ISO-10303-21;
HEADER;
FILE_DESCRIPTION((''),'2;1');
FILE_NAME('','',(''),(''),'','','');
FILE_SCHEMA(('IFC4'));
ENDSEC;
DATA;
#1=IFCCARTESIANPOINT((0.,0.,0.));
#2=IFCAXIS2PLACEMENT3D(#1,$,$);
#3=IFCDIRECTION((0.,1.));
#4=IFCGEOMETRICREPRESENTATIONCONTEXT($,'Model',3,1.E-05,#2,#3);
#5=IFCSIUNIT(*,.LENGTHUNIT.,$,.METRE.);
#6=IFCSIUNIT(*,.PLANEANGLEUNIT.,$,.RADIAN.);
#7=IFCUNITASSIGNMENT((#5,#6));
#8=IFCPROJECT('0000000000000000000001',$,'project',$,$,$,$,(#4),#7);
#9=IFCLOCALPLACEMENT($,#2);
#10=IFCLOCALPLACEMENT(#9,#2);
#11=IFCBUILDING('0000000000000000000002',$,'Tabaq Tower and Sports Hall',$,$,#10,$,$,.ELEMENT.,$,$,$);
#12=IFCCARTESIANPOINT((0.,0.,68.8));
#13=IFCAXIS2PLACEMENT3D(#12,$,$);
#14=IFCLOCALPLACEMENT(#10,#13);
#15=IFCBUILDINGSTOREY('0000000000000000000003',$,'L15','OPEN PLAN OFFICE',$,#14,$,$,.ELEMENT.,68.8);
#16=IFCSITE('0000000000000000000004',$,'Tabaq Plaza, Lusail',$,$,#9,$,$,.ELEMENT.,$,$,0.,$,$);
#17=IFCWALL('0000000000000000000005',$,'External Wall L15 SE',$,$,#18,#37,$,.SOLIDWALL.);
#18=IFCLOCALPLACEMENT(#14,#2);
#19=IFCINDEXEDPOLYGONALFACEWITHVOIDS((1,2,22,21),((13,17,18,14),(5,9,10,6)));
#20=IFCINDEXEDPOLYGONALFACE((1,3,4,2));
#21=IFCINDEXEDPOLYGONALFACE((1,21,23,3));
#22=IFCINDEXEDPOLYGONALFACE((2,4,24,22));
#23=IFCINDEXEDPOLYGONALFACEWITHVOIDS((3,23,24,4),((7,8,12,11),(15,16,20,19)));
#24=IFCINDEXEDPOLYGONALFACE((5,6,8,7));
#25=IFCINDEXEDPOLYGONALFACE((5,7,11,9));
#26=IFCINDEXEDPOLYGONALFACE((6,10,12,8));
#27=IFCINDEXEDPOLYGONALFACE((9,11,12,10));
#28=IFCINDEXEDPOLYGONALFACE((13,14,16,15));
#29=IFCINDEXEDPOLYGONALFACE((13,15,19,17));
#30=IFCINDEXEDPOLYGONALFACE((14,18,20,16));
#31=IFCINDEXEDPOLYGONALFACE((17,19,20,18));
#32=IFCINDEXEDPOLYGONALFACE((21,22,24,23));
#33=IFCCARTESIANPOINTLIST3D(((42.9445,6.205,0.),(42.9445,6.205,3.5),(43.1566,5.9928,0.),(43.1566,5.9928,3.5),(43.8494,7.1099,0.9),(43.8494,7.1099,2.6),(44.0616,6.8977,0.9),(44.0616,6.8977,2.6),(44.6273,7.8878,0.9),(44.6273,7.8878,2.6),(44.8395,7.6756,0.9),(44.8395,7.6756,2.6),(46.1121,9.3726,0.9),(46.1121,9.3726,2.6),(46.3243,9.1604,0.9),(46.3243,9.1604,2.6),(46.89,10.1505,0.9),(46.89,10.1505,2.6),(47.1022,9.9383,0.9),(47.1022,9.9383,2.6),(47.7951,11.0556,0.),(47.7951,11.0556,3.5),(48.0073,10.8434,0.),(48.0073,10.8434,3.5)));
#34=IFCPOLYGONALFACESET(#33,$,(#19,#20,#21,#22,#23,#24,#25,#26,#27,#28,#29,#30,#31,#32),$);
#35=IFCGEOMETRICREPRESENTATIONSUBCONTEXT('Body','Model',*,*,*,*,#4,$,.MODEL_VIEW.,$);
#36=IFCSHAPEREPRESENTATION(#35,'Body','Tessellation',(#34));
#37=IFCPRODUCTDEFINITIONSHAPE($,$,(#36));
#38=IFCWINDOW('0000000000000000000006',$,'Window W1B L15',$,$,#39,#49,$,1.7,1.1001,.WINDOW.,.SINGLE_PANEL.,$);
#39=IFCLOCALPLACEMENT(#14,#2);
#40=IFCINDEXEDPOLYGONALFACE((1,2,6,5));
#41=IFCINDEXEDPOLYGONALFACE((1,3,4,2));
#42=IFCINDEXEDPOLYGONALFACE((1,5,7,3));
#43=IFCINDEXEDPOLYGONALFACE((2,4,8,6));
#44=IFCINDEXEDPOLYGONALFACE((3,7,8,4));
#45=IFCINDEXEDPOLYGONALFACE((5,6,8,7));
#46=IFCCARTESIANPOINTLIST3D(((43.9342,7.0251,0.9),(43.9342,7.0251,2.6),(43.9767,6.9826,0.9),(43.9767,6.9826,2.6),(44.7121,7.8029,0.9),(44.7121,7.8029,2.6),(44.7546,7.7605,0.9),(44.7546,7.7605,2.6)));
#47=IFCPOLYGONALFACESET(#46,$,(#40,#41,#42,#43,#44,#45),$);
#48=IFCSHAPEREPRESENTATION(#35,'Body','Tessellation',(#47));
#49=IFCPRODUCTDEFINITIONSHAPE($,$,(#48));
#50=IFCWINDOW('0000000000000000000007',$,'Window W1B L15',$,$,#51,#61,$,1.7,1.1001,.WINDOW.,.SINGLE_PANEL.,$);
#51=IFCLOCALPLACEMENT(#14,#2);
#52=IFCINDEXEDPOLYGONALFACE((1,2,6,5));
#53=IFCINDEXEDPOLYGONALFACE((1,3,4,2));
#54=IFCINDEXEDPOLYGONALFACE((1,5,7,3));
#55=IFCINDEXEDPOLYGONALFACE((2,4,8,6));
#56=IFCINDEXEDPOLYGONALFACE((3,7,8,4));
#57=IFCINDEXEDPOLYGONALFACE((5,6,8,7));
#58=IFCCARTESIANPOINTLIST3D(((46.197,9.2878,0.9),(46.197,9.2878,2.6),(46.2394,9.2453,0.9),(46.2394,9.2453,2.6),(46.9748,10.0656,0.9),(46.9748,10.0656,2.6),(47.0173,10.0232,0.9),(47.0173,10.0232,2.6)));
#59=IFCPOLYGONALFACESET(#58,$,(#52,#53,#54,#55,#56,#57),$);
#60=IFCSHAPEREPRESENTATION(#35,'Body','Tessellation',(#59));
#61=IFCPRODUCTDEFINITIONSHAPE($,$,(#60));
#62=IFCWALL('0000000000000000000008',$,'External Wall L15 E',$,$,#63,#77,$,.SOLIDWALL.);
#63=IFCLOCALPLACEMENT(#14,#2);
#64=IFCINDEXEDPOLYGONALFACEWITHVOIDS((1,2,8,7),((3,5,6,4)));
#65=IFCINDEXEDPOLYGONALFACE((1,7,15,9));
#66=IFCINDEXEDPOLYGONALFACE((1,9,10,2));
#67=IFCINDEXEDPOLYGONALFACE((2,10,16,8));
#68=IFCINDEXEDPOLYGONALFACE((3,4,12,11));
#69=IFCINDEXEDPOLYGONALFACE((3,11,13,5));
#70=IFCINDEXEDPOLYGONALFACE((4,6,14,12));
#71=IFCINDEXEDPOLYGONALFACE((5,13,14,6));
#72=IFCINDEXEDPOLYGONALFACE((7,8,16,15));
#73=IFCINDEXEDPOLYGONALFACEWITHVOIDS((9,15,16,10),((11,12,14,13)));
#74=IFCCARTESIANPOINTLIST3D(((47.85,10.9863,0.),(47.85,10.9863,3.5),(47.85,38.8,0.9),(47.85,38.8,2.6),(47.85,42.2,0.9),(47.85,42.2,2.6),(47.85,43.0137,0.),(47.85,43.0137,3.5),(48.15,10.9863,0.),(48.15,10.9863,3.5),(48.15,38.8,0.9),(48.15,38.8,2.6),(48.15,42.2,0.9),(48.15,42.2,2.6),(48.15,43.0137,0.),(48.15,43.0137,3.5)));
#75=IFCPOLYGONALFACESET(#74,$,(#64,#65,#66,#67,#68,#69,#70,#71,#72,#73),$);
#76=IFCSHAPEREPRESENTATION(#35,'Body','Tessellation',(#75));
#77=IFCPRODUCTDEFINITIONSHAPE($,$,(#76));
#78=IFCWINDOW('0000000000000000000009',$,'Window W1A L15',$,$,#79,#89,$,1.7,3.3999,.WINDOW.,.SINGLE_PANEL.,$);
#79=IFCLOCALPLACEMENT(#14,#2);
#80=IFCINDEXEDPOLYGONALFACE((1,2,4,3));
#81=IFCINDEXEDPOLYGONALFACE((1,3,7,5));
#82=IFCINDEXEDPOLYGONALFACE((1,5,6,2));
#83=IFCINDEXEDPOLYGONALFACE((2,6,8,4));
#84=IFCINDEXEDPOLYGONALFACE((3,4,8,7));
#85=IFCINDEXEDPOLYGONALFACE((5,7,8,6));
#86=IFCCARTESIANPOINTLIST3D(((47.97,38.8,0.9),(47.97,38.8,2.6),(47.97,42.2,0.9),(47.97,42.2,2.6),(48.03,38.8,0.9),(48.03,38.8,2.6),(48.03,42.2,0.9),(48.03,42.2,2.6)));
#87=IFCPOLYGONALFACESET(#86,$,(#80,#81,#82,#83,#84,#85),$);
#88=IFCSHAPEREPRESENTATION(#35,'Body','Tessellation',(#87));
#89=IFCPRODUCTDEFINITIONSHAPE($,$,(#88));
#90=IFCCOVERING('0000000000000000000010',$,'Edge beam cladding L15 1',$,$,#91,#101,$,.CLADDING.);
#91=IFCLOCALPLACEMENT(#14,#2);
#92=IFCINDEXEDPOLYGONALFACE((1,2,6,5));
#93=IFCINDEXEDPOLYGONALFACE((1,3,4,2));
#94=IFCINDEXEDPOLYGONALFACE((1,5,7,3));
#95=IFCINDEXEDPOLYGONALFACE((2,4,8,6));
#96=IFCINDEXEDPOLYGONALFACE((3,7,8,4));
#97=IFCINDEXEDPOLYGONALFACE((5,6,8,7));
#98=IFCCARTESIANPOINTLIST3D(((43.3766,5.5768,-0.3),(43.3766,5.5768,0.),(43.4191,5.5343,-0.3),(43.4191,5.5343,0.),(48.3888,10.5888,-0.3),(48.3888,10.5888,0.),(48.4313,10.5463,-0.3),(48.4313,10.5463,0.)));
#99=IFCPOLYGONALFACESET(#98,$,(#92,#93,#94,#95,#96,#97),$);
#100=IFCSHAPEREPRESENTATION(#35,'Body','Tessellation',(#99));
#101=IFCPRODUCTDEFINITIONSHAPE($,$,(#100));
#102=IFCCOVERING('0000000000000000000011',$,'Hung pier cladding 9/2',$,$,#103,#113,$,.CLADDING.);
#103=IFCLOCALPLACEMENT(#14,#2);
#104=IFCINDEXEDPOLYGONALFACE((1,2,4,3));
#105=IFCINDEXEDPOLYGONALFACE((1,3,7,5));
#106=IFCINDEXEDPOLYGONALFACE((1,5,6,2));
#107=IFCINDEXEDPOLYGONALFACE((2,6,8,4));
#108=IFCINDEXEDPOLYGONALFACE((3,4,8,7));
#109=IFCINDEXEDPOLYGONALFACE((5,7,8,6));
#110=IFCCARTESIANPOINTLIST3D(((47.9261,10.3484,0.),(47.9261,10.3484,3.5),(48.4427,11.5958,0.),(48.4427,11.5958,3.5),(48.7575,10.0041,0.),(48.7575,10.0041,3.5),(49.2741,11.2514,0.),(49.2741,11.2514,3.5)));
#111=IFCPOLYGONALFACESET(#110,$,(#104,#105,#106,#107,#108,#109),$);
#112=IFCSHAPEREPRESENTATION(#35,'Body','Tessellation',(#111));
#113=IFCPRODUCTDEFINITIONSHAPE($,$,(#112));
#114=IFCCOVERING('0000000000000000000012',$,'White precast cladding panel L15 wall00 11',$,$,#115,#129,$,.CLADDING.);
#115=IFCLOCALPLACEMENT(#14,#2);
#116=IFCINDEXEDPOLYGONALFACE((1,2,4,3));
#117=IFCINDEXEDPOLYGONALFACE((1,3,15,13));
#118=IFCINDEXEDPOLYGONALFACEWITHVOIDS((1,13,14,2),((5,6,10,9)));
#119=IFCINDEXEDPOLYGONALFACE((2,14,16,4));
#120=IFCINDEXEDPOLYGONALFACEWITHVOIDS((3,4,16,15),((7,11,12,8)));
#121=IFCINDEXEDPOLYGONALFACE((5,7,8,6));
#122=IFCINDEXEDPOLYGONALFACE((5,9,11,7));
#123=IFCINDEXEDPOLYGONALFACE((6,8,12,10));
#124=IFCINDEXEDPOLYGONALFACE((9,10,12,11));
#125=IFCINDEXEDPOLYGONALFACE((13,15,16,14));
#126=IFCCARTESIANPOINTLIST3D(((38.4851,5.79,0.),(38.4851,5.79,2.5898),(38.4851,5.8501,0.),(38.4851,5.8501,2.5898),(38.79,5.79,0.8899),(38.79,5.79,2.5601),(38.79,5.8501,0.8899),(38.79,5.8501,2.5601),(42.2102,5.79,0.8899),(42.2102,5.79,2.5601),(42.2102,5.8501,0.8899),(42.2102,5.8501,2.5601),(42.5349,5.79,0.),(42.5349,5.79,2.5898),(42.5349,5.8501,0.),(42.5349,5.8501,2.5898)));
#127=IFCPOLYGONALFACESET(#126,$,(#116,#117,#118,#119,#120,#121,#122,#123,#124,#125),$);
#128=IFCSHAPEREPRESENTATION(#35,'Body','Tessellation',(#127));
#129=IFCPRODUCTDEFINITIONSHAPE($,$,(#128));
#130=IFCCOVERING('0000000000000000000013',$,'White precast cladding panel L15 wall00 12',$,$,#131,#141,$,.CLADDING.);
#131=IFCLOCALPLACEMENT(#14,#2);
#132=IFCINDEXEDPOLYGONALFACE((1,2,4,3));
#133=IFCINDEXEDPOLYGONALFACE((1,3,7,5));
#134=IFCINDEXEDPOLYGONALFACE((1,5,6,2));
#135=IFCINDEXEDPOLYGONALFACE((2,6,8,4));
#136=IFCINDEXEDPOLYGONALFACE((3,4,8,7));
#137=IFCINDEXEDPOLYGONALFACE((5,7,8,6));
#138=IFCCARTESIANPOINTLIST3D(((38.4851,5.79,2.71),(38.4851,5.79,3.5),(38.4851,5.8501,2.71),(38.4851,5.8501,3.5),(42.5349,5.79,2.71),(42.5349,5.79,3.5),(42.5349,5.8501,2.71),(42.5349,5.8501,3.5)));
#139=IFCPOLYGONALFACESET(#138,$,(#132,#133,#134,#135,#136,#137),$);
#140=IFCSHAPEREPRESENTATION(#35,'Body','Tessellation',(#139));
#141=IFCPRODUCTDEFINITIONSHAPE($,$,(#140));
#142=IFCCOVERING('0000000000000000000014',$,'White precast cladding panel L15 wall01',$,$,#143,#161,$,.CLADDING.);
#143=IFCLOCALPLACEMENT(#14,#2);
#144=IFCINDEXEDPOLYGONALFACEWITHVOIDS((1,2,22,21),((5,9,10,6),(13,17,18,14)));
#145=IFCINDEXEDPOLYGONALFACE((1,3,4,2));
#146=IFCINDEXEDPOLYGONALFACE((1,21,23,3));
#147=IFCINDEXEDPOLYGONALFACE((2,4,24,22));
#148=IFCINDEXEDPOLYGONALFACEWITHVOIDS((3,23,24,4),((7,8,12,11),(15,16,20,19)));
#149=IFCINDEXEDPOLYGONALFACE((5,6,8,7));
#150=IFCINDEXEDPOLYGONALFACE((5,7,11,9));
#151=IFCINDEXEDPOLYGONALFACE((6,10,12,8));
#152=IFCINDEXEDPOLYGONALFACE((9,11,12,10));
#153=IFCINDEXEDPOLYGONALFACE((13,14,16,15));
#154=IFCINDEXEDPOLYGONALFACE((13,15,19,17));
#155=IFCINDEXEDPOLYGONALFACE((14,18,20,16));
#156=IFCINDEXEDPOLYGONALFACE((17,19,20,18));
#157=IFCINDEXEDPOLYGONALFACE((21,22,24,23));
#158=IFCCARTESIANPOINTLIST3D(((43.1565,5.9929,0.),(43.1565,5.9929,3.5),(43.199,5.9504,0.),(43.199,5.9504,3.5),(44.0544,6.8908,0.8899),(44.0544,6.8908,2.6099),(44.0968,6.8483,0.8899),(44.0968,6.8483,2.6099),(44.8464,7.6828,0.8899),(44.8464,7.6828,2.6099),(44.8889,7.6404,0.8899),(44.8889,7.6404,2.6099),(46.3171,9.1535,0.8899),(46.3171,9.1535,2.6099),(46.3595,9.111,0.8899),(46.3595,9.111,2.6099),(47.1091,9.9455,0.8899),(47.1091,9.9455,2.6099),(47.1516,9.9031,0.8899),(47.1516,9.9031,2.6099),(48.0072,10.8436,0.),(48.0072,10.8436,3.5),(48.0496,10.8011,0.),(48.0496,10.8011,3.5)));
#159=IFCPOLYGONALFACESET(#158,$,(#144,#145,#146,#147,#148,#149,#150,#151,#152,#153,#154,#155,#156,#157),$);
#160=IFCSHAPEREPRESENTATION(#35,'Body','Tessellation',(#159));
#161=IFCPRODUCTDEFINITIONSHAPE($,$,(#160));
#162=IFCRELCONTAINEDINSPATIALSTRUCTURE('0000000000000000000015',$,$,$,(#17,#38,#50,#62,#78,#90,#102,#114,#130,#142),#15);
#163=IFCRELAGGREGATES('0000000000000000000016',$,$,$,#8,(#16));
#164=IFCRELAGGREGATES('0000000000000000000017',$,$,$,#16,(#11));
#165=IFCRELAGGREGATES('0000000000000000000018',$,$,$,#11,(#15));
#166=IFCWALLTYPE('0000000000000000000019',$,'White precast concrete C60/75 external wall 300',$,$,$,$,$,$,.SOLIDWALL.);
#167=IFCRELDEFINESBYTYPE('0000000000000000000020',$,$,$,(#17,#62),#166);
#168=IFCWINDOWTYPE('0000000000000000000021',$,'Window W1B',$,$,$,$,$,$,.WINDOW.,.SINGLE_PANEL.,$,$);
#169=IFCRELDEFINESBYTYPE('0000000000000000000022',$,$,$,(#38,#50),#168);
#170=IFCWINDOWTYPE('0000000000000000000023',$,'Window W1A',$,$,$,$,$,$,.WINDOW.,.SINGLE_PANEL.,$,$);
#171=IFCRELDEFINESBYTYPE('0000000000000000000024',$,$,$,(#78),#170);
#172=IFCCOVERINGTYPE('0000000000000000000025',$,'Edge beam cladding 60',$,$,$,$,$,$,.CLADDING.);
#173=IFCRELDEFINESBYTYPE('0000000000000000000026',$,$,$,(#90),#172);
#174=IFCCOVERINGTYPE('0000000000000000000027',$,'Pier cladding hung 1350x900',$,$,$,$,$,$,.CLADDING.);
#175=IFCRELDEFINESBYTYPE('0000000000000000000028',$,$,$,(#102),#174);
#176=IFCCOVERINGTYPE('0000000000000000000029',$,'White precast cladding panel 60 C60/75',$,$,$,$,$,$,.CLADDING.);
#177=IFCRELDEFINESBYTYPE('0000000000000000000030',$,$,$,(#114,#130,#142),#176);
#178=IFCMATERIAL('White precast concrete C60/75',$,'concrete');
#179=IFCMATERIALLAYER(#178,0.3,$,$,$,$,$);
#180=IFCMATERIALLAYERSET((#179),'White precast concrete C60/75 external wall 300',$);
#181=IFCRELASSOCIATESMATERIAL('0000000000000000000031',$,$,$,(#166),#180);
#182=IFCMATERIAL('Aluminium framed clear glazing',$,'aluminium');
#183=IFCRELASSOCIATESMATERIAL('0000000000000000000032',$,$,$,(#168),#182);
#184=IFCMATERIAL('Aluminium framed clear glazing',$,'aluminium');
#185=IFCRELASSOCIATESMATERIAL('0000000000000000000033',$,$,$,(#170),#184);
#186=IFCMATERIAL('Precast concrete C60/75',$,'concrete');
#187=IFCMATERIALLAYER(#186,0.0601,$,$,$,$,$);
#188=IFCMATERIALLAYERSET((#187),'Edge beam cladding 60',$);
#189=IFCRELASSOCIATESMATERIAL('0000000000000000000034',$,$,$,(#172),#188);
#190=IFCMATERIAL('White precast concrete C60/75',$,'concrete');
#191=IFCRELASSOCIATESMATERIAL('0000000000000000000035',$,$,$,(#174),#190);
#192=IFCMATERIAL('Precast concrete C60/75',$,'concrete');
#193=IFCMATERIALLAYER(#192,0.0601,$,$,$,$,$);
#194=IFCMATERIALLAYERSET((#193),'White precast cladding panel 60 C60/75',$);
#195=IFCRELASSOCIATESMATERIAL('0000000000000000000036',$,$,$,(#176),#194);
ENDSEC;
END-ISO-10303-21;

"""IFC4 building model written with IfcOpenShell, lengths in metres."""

from ifc_helpers import new_model, si_unit, direction, frame, frame_2d, origin, place, context, subcontext, project, spatial, polyline, rectangle, outline, extrude, material, layer, layer_set, type_object, element, fill, save


model = new_model("IFC4")

# Units and contexts
model_context = context("Model", 3, precision=1e-05, world=origin(), true_north=direction((0.0, 1.0)))
body_context = subcontext(model_context, "Body", "Model", "MODEL_VIEW")
ifc_project = project(units=[si_unit("LENGTHUNIT", "METRE"), si_unit("PLANEANGLEUNIT", "RADIAN")], contexts=[model_context])

# Site, building, storey
site_placement = place(None, origin())
site = spatial("IfcSite", under=ifc_project, at=site_placement, Name="Tabaq Plaza, Lusail", CompositionType="ELEMENT", RefElevation=0.0)
building_placement = place(site_placement, origin())
building = spatial("IfcBuilding", under=site, at=building_placement, Name="Tabaq Tower and Sports Hall", CompositionType="ELEMENT")
storey_placement = place(building_placement, frame((0.0, 0.0, 68.8)))
storey = spatial("IfcBuildingStorey", under=building, at=storey_placement, Name="L15", Description="OPEN PLAN OFFICE", CompositionType="ELEMENT", Elevation=68.8)

# Wall, openings, windows
ifc_material_1 = material(Name="White precast concrete C60/75", Category="concrete")
ifc_layer_1 = layer(ifc_material_1, 0.3)
ifc_layer_set_1 = layer_set([ifc_layer_1], Name="White precast concrete C60/75 external wall 300")
wall_type_1 = type_object("IfcWallType", Name="White precast concrete C60/75 external wall 300", PredefinedType="SOLIDWALL", material=ifc_layer_set_1)
wall_1_placement = place(storey_placement, frame((43.0505, 6.0989, 0.0), z_axis=(0.0, 0.0, 1.0), x_axis=(0.707107, 0.707107, 0.0)))
wall_1 = element("IfcWall", 1, at=wall_1_placement, inside=storey, type_object=wall_type_1, Name="External Wall L15 SE", PredefinedType="SOLIDWALL", context=body_context, shape_type="SweptSolid", body=[
    extrude(rectangle(XDim=6.8599, YDim=0.3, at=frame_2d((3.4299, 0.0))), origin(), (0.0, 0.0, 1.0), 3.5),
])
opening_1_placement = place(wall_1_placement, frame((1.2798, 0.0, 0.8999)))
opening_1 = element("IfcOpeningElement", 2, at=opening_1_placement, cuts=wall_1, PredefinedType="OPENING", context=body_context, shape_type="SweptSolid", body=[
    extrude(rectangle(XDim=1.1001, YDim=1.7, at=frame_2d((0.55, 0.8501))), frame((0.0, 0.1602, 0.0), z_axis=(0.0, -1.0, 0.0), x_axis=(1.0, 0.0, 0.0)), (0.0, 0.0, 1.0), 0.3201),
])
opening_2_placement = place(wall_1_placement, frame((4.4797, 0.0, 0.8999)))
opening_2 = element("IfcOpeningElement", 3, at=opening_2_placement, cuts=wall_1, PredefinedType="OPENING", context=body_context, shape_type="SweptSolid", body=[
    extrude(rectangle(XDim=1.1001, YDim=1.7, at=frame_2d((0.55, 0.8501))), frame((0.0, 0.1602, 0.0), z_axis=(0.0, -1.0, 0.0), x_axis=(1.0, 0.0, 0.0)), (0.0, 0.0, 1.0), 0.3201),
])
ifc_material_2 = material(Name="Aluminium framed clear glazing", Category="aluminium")
window_type_1 = type_object("IfcWindowType", Name="Window W1B", PartitioningType="SINGLE_PANEL", PredefinedType="WINDOW", material=ifc_material_2)
window_1_placement = place(opening_1_placement, origin())
window_1 = element("IfcWindow", 4, at=window_1_placement, inside=storey, type_object=window_type_1, Name="Window W1B L15", OverallHeight=1.7, OverallWidth=1.1001, PartitioningType="SINGLE_PANEL", PredefinedType="WINDOW", context=body_context, shape_type="SweptSolid", body=[
    extrude(rectangle(XDim=1.1001, YDim=1.7, at=frame_2d((0.55, 0.8501))), frame((0.0, 0.03, 0.0), z_axis=(0.0, -1.0, 0.0), x_axis=(1.0, 0.0, 0.0)), (0.0, 0.0, 1.0), 0.0601),
])
fill(opening_1, window_1)
window_2_placement = place(opening_2_placement, origin())
window_2 = element("IfcWindow", 5, at=window_2_placement, inside=storey, type_object=window_type_1, Name="Window W1B L15", OverallHeight=1.7, OverallWidth=1.1001, PartitioningType="SINGLE_PANEL", PredefinedType="WINDOW", context=body_context, shape_type="SweptSolid", body=[
    extrude(rectangle(XDim=1.1001, YDim=1.7, at=frame_2d((0.55, 0.8501))), frame((0.0, 0.03, 0.0), z_axis=(0.0, -1.0, 0.0), x_axis=(1.0, 0.0, 0.0)), (0.0, 0.0, 1.0), 0.0601),
])
fill(opening_2, window_2)

# Wall, opening, window
wall_2_placement = place(storey_placement, frame((48.0, 10.9863, 0.0), z_axis=(0.0, 0.0, 1.0), x_axis=(0.0, 1.0, 0.0)))
wall_2 = element("IfcWall", 6, at=wall_2_placement, inside=storey, type_object=wall_type_1, Name="External Wall L15 E", PredefinedType="SOLIDWALL", context=body_context, shape_type="SweptSolid", body=[
    extrude(rectangle(XDim=32.0273, YDim=0.3, at=frame_2d((16.0137, 0.0))), origin(), (0.0, 0.0, 1.0), 3.5),
])
opening_3_placement = place(wall_2_placement, frame((27.8137, 0.0, 0.8999)))
opening_3 = element("IfcOpeningElement", 7, at=opening_3_placement, cuts=wall_2, PredefinedType="OPENING", context=body_context, shape_type="SweptSolid", body=[
    extrude(rectangle(XDim=3.3999, YDim=1.7, at=frame_2d((1.7, 0.8501))), frame((0.0, 0.1602, 0.0), z_axis=(0.0, -1.0, 0.0), x_axis=(1.0, 0.0, 0.0)), (0.0, 0.0, 1.0), 0.3201),
])
ifc_material_3 = material(Name="Aluminium framed clear glazing", Category="aluminium")
window_type_2 = type_object("IfcWindowType", Name="Window W1A", PartitioningType="SINGLE_PANEL", PredefinedType="WINDOW", material=ifc_material_3)
window_3_placement = place(opening_3_placement, origin())
window_3 = element("IfcWindow", 8, at=window_3_placement, inside=storey, type_object=window_type_2, Name="Window W1A L15", OverallHeight=1.7, OverallWidth=3.3999, PartitioningType="SINGLE_PANEL", PredefinedType="WINDOW", context=body_context, shape_type="SweptSolid", body=[
    extrude(rectangle(XDim=3.3999, YDim=1.7, at=frame_2d((1.7, 0.8501))), frame((0.0, 0.03, 0.0), z_axis=(0.0, -1.0, 0.0), x_axis=(1.0, 0.0, 0.0)), (0.0, 0.0, 1.0), 0.0601),
])
fill(opening_3, window_3)

# Coverings
ifc_material_4 = material(Name="Precast concrete C60/75", Category="concrete")
ifc_layer_2 = layer(ifc_material_4, 0.0601)
ifc_layer_set_2 = layer_set([ifc_layer_2], Name="Edge beam cladding 60")
covering_type_1 = type_object("IfcCoveringType", Name="Edge beam cladding 60", PredefinedType="CLADDING", material=ifc_layer_set_2)
covering_1_placement = place(storey_placement, frame((43.3979, 5.5557, -0.3), z_axis=(0.0, 0.0, 1.0), x_axis=(0.707124, 0.70709, 0.0)))
element("IfcCovering", 9, at=covering_1_placement, inside=storey, type_object=covering_type_1, Name="Edge beam cladding L15 1", PredefinedType="CLADDING", context=body_context, shape_type="SweptSolid", body=[
    extrude(rectangle(XDim=7.0881, YDim=0.0601, at=frame_2d((3.5439, 0.0))), origin(), (0.0, 0.0, 1.0), 0.3),
])
ifc_material_5 = material(Name="White precast concrete C60/75", Category="concrete")
covering_type_2 = type_object("IfcCoveringType", Name="Pier cladding hung 1350x900", PredefinedType="CLADDING", material=ifc_material_5)
covering_2_placement = place(storey_placement, frame((48.3418, 10.1763, 0.0), z_axis=(0.0, 0.0, 1.0), x_axis=(0.38265, 0.923893, 0.0)))
element("IfcCovering", 10, at=covering_2_placement, inside=storey, type_object=covering_type_2, Name="Hung pier cladding 9/2", PredefinedType="CLADDING", context=body_context, shape_type="SweptSolid", body=[
    extrude(rectangle(XDim=1.3501, YDim=0.8999, at=frame_2d((0.675, 0.0))), origin(), (0.0, 0.0, 1.0), 3.5),
])
ifc_material_6 = material(Name="Precast concrete C60/75", Category="concrete")
ifc_layer_3 = layer(ifc_material_6, 0.0601)
ifc_layer_set_3 = layer_set([ifc_layer_3], Name="White precast cladding panel 60 C60/75")
covering_type_3 = type_object("IfcCoveringType", Name="White precast cladding panel 60 C60/75", PredefinedType="CLADDING", material=ifc_layer_set_3)
covering_3_placement = place(storey_placement, frame((38.4851, 5.8201, 0.0), z_axis=(0.0, 0.0, 1.0), x_axis=(1.0, 0.0, 0.0)))
element("IfcCovering", 11, at=covering_3_placement, inside=storey, type_object=covering_type_3, Name="White precast cladding panel L15 wall00 11", PredefinedType="CLADDING", context=body_context, shape_type="SweptSolid", body=[
    extrude(outline(polyline([(0.0, 0.0), (4.0498, 0.0), (4.0498, 2.5898), (0.0, 2.5898), (0.0, 0.0)]), holes=[polyline([(3.7251, 0.8899), (0.3049, 0.8899), (0.3049, 2.5601), (3.7251, 2.5601), (3.7251, 0.8899)])]), frame((0.0, 0.03, 0.0), z_axis=(0.0, -1.0, 0.0), x_axis=(1.0, 0.0, 0.0)), (0.0, 0.0, 1.0), 0.0601),
])
covering_4_placement = place(storey_placement, frame((38.4851, 5.8201, 2.71), z_axis=(0.0, 0.0, 1.0), x_axis=(1.0, 0.0, 0.0)))
element("IfcCovering", 12, at=covering_4_placement, inside=storey, type_object=covering_type_3, Name="White precast cladding panel L15 wall00 12", PredefinedType="CLADDING", context=body_context, shape_type="SweptSolid", body=[
    extrude(rectangle(XDim=4.0498, YDim=0.0601, at=frame_2d((2.0249, 0.0))), origin(), (0.0, 0.0, 1.0), 0.79),
])
covering_5_placement = place(storey_placement, frame((43.1777, 5.9717, 0.0), z_axis=(0.0, 0.0, 1.0), x_axis=(0.707107, 0.707107, 0.0)))
element("IfcCovering", 13, at=covering_5_placement, inside=storey, type_object=covering_type_3, Name="White precast cladding panel L15 wall01", PredefinedType="CLADDING", context=body_context, shape_type="SweptSolid", body=[
    extrude(outline(polyline([(0.0, 0.0), (6.8599, 0.0), (6.8599, 3.5), (0.0, 3.5), (0.0, 0.0)]), holes=[polyline([(1.2698, 2.6099), (2.3899, 2.6099), (2.3899, 0.8899), (1.2698, 0.8899), (1.2698, 2.6099)]), polyline([(4.4697, 2.6099), (5.5898, 2.6099), (5.5898, 0.8899), (4.4697, 0.8899), (4.4697, 2.6099)])]), frame((0.0, 0.03, 0.0), z_axis=(0.0, -1.0, 0.0), x_axis=(1.0, 0.0, 0.0)), (0.0, 0.0, 1.0), 0.0601),
])

save(model, "model.ifc")
